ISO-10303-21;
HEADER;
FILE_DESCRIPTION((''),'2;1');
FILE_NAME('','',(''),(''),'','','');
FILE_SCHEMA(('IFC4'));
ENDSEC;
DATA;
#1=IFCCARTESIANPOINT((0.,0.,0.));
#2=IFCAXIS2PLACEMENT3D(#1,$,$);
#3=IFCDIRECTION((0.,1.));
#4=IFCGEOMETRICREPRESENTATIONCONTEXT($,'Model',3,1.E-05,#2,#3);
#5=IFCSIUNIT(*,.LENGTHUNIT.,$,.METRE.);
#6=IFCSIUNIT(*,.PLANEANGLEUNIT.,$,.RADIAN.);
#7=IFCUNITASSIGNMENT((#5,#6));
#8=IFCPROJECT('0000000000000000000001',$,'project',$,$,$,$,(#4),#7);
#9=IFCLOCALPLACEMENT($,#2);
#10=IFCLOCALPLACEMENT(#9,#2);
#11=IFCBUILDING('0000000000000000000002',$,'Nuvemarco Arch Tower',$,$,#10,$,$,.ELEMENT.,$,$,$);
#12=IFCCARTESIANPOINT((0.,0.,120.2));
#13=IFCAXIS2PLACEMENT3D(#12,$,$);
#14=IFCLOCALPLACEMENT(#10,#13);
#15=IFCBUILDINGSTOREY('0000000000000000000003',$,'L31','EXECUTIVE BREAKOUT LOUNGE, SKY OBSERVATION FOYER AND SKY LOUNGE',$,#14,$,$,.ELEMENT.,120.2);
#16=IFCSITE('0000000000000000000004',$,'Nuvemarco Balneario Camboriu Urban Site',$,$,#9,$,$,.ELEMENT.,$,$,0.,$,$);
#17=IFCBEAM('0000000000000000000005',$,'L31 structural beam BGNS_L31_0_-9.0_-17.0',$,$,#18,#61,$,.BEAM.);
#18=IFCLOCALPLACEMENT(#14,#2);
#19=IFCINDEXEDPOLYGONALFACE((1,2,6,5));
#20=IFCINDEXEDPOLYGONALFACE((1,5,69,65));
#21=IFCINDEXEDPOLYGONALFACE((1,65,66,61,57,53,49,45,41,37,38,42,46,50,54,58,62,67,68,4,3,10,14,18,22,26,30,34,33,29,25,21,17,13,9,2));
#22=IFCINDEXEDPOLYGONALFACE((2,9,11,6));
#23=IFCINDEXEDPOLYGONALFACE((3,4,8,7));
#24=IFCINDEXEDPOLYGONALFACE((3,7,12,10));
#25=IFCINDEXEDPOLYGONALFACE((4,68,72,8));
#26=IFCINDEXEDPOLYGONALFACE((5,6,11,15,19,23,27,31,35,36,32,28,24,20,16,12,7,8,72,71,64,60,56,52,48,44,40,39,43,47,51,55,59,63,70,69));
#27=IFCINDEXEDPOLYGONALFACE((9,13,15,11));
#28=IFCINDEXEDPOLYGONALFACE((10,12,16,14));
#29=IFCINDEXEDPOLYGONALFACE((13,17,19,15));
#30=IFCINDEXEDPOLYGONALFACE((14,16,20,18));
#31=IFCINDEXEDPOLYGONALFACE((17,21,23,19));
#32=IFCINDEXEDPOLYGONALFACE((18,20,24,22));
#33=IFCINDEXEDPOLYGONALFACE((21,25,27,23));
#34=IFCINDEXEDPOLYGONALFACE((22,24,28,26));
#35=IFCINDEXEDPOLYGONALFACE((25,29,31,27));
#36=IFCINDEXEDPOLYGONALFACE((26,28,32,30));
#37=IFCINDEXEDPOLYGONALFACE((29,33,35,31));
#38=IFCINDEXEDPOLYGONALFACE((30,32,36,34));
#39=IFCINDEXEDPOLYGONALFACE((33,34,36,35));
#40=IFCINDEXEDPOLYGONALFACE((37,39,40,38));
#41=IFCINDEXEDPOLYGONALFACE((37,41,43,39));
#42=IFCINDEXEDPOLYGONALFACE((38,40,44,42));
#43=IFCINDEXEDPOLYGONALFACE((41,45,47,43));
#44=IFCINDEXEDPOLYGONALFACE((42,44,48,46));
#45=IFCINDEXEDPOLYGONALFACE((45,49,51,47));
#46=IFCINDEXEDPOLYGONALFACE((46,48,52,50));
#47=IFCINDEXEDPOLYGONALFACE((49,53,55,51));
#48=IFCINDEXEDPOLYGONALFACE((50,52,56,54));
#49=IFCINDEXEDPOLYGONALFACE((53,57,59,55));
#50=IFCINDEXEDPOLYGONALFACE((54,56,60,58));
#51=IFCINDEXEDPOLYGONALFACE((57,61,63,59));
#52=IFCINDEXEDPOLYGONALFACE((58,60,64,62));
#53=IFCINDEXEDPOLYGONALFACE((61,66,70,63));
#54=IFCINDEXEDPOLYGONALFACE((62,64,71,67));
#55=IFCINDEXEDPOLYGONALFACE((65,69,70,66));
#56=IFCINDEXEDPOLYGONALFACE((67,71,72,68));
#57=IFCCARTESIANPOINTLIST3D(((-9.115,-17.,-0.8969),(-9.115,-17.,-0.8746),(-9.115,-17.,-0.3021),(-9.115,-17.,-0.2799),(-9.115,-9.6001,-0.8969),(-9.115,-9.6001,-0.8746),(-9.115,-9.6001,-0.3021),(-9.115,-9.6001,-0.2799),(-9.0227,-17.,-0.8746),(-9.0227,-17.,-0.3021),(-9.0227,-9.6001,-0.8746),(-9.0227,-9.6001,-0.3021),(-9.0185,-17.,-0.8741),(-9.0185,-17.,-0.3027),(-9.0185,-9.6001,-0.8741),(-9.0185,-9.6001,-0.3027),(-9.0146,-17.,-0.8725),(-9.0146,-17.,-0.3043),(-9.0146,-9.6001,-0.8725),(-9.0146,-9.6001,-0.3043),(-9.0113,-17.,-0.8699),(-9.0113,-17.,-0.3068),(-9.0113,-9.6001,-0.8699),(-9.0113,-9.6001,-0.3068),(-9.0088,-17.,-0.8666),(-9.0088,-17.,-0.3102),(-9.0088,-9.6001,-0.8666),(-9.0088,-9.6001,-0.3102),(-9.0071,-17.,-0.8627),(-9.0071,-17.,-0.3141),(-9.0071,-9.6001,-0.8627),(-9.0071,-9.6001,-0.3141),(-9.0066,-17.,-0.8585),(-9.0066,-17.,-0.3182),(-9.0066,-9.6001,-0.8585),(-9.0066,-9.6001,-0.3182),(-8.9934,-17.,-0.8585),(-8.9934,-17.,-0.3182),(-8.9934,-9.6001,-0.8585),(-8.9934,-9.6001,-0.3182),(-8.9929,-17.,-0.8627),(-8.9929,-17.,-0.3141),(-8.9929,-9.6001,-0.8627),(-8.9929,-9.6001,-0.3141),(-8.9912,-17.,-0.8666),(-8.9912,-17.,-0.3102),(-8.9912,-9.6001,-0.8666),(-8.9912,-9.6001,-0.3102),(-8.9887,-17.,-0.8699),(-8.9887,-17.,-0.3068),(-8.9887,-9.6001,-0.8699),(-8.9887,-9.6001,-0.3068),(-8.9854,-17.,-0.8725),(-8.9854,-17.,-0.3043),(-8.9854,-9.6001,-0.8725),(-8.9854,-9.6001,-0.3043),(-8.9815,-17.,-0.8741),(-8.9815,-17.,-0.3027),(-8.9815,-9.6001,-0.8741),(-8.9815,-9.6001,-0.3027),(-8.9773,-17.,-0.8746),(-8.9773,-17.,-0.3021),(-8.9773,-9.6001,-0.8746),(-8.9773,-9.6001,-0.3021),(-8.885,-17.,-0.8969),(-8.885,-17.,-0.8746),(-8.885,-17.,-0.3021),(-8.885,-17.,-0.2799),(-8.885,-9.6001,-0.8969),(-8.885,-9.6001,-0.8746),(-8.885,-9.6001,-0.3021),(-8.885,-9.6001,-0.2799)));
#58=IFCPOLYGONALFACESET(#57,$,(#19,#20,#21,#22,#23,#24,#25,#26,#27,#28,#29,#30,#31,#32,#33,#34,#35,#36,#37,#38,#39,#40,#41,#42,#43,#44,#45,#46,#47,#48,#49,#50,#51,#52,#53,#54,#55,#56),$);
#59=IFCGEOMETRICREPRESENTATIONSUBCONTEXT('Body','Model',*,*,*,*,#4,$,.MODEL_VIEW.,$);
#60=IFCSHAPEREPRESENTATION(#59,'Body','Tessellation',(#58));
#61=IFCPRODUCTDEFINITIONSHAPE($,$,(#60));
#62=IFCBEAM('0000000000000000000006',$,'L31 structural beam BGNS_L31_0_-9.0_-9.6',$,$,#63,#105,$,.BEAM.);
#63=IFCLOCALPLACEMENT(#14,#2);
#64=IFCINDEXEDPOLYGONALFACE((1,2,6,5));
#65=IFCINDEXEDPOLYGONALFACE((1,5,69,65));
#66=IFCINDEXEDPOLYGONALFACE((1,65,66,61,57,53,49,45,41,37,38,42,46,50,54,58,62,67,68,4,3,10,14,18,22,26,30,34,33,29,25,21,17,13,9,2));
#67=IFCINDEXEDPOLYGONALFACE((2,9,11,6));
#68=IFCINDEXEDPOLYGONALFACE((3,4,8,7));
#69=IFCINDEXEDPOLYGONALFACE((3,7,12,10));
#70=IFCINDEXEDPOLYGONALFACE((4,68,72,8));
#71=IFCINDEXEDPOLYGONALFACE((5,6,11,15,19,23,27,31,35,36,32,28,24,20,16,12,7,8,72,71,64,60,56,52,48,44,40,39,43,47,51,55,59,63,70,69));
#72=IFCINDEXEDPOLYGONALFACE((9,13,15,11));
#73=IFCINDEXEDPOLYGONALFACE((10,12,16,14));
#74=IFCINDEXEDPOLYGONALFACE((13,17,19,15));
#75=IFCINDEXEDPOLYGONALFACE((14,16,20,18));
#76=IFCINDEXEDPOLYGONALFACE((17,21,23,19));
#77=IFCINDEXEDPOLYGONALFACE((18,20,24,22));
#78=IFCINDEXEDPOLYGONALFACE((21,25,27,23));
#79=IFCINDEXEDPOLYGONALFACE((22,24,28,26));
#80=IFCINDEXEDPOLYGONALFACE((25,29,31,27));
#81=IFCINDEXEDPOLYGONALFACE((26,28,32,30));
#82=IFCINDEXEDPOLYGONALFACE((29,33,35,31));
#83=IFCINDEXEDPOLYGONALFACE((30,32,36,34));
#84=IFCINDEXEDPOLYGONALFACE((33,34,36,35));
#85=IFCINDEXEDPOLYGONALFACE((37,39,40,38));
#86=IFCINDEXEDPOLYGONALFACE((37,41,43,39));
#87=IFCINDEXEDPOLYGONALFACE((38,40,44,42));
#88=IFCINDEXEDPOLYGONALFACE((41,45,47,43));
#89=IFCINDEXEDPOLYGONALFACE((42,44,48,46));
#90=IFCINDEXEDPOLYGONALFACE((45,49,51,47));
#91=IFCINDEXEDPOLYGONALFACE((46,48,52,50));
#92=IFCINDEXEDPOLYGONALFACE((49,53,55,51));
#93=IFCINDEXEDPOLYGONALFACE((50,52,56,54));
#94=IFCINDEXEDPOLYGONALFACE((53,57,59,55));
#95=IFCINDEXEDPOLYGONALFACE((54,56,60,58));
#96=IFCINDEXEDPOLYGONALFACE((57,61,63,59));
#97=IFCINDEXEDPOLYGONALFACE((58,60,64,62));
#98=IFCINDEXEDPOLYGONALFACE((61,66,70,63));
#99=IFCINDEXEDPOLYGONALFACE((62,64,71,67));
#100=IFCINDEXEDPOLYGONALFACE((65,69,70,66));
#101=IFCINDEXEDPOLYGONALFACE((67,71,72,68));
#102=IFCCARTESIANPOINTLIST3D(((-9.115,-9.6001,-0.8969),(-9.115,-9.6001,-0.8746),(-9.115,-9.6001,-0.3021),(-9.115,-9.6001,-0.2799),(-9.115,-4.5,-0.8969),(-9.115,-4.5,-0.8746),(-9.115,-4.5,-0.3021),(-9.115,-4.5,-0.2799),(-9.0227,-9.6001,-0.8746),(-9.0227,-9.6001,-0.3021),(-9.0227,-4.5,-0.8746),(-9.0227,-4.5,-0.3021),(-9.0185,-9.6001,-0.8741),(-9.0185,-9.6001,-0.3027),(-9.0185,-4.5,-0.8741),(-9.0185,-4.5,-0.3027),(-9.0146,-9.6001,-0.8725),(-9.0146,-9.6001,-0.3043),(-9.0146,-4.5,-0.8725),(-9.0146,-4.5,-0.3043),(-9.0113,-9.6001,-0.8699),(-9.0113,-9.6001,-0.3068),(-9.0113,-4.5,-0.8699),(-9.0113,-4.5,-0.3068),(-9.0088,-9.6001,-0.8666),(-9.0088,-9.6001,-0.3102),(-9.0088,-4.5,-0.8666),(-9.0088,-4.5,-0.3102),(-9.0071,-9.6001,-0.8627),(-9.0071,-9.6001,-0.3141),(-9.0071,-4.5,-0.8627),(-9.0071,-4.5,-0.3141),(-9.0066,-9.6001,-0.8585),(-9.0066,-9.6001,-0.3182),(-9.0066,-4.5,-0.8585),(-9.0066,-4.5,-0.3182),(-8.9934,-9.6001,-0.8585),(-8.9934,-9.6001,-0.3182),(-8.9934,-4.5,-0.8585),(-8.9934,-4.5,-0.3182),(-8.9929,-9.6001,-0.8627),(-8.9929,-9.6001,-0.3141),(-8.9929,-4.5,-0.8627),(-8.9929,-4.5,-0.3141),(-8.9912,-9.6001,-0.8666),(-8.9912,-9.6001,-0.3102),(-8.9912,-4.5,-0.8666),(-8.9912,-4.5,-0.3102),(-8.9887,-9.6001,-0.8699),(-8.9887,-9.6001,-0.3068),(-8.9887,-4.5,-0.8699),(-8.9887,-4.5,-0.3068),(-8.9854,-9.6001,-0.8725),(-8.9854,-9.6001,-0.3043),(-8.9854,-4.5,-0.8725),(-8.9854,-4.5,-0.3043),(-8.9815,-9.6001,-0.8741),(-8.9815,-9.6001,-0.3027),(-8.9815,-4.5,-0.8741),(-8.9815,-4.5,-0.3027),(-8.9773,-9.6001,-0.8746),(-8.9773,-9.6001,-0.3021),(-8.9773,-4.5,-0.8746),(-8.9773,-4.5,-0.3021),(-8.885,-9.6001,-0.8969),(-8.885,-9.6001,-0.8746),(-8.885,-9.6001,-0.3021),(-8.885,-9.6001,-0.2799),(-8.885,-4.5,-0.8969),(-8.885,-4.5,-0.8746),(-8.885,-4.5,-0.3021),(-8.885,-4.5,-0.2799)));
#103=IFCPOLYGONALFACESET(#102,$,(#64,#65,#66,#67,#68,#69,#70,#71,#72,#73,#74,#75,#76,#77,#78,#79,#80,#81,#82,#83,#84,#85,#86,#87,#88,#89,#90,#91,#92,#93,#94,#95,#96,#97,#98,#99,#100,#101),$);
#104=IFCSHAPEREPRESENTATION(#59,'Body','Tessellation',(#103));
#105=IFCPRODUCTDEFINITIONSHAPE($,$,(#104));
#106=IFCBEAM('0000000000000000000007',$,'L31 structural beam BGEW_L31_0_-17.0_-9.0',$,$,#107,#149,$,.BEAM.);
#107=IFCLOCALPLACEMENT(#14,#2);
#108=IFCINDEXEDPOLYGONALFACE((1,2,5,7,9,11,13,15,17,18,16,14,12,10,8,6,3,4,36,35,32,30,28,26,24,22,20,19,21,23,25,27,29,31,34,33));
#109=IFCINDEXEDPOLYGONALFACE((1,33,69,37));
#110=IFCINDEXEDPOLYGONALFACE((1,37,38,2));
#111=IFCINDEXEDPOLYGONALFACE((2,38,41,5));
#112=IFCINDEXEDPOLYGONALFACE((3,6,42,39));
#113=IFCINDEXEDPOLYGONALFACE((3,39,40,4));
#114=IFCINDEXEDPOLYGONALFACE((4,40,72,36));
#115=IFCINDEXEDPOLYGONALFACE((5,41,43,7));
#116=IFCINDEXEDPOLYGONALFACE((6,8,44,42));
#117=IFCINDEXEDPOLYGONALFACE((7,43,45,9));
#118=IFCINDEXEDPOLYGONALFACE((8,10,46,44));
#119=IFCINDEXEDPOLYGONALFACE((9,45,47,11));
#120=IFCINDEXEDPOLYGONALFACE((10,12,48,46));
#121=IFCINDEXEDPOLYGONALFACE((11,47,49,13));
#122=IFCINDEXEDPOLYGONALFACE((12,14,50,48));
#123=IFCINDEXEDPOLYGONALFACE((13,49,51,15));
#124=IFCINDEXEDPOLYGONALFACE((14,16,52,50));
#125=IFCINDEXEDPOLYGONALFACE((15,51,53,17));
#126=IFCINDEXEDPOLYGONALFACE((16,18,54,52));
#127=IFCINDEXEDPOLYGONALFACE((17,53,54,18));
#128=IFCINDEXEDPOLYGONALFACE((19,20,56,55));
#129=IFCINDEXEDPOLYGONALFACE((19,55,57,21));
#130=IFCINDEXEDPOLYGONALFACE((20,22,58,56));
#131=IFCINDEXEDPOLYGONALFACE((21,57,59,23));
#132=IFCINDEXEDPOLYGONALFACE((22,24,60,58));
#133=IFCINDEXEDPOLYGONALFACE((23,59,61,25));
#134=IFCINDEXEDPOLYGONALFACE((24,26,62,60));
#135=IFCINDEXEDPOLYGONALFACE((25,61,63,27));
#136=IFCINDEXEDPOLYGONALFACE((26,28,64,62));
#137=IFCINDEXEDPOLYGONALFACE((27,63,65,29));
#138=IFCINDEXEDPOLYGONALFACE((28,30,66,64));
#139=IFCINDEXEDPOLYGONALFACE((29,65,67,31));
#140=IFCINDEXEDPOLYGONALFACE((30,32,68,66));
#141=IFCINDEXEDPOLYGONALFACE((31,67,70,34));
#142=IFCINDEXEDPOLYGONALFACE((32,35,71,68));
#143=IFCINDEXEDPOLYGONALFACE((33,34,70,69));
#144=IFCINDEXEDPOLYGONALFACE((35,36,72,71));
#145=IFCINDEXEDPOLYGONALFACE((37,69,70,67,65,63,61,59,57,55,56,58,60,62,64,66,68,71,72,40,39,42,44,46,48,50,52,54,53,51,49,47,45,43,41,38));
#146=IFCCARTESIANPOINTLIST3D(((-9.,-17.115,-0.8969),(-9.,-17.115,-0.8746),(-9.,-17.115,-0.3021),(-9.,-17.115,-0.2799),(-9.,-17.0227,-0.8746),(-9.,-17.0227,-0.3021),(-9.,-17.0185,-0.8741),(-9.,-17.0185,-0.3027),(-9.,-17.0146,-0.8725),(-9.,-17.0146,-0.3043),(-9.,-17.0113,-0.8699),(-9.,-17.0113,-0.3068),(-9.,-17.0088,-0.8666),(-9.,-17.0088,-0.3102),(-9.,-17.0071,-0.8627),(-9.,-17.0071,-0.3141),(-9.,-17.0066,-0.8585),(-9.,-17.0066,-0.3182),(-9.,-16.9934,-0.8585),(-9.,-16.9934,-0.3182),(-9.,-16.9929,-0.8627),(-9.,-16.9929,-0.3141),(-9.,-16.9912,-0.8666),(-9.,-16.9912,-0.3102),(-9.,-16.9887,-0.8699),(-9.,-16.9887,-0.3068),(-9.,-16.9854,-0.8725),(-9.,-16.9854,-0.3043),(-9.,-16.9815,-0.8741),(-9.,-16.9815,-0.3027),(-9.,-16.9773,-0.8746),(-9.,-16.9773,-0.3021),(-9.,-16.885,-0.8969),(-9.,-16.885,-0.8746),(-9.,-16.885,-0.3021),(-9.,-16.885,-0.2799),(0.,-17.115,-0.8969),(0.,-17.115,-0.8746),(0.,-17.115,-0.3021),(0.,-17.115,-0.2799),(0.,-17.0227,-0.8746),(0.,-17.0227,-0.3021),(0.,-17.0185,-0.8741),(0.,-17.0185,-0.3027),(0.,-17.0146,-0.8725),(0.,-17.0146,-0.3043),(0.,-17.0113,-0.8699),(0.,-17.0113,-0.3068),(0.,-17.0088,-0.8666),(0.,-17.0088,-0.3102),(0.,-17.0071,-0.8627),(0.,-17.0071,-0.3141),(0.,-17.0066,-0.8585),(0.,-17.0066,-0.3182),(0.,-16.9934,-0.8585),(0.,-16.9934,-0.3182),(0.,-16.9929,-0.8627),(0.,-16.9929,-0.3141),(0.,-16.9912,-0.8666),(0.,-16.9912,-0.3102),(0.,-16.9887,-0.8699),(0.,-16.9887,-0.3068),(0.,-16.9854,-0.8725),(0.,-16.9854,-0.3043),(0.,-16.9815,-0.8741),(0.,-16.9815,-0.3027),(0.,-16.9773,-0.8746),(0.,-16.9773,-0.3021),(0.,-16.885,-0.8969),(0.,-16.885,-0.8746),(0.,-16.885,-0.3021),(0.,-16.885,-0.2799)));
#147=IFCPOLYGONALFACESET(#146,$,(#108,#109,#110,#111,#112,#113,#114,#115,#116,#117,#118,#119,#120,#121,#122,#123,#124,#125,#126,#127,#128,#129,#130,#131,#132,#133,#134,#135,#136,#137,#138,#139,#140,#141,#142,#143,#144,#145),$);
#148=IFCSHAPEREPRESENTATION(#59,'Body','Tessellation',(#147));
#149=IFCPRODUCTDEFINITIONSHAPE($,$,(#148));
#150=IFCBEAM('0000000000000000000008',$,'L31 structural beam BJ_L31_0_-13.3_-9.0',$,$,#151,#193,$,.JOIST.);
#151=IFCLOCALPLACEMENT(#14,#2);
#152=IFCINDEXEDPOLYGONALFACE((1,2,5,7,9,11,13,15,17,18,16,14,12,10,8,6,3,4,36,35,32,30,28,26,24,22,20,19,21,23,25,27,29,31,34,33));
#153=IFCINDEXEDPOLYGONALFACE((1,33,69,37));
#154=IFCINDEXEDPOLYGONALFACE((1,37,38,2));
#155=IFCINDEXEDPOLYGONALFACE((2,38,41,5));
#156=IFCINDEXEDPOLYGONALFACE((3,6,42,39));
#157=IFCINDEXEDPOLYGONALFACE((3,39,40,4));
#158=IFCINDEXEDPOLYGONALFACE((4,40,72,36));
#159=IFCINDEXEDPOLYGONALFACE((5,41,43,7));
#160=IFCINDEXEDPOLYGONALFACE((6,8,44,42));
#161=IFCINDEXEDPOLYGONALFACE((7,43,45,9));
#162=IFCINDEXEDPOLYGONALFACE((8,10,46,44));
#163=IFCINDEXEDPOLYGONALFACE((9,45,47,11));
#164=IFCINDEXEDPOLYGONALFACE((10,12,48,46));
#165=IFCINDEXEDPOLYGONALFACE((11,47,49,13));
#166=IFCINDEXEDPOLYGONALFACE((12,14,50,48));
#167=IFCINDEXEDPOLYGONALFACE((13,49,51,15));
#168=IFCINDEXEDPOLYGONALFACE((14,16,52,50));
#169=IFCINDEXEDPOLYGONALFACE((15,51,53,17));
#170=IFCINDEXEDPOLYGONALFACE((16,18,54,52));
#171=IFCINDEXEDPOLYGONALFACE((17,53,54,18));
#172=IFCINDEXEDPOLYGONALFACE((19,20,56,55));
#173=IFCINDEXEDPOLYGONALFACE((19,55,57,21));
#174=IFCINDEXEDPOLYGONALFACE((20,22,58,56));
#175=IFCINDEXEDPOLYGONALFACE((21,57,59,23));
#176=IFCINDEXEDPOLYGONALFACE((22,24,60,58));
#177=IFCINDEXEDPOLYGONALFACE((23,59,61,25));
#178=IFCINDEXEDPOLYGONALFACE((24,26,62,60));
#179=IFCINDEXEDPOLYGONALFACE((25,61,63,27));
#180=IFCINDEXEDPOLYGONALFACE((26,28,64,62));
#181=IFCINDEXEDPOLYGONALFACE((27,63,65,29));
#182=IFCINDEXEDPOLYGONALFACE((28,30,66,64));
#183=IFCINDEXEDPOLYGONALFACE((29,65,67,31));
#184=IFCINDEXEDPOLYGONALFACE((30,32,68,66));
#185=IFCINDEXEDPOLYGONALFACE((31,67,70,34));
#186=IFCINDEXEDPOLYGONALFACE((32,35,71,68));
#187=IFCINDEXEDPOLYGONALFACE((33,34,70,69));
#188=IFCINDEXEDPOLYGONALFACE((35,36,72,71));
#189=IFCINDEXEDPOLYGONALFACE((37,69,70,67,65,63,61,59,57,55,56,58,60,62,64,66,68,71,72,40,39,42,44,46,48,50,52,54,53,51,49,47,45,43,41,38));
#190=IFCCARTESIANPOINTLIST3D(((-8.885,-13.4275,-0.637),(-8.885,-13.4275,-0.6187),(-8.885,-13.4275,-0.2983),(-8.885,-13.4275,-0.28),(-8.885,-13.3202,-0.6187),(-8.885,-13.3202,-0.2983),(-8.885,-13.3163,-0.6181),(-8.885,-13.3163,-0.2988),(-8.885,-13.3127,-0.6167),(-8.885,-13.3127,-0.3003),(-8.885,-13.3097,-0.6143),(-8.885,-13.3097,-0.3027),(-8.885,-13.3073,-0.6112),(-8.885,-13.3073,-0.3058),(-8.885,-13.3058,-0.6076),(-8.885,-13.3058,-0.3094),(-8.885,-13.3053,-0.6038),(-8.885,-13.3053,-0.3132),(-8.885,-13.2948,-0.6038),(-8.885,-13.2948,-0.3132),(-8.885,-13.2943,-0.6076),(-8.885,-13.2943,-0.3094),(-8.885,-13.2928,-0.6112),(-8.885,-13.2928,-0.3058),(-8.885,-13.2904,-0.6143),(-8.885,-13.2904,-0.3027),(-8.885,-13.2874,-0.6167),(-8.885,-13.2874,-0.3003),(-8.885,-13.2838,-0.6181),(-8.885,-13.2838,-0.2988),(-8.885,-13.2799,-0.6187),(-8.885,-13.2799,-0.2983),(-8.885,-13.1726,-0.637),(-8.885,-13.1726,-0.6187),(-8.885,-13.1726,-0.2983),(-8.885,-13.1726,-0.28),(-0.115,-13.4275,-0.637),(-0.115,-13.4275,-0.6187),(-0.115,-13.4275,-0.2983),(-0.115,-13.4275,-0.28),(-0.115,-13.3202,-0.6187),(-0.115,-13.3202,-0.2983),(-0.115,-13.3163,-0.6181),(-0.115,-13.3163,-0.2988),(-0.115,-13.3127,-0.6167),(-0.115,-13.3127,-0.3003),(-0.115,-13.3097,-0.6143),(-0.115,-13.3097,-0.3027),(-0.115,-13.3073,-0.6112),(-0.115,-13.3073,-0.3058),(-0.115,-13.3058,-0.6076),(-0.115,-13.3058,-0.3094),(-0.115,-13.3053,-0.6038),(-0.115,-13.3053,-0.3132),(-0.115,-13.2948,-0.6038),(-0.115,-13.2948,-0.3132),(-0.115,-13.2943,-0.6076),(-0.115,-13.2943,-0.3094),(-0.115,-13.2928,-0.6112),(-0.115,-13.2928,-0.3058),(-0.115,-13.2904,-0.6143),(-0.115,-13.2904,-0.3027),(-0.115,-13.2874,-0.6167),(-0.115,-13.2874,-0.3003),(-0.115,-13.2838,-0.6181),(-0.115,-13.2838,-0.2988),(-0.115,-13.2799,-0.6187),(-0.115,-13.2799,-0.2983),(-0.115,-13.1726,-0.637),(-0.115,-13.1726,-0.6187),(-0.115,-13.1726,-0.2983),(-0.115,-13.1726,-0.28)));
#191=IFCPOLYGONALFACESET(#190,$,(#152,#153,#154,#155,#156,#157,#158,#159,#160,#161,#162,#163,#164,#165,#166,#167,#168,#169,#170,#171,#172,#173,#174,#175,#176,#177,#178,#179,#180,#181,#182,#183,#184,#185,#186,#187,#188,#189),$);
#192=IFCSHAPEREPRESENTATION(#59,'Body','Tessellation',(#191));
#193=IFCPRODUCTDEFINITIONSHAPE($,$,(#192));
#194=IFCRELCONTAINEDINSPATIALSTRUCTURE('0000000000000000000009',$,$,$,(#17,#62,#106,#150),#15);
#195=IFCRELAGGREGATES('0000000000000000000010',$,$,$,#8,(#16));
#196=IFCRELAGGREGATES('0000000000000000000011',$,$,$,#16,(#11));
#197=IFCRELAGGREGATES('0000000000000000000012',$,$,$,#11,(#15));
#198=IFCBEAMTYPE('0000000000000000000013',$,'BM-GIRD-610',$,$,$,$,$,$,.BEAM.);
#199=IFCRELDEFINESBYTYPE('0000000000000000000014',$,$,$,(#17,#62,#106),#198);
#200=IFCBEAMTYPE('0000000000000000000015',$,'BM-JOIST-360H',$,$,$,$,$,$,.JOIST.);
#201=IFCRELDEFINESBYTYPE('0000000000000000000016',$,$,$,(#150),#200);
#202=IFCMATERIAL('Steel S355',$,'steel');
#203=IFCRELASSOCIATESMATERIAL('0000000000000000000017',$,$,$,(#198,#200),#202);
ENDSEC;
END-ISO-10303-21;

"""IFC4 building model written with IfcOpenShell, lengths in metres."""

from ifc_helpers import new_model, si_unit, direction, frame, origin, origin_2d, place, context, subcontext, project, spatial, i_section, extrude, material, material_profile, profile_set, type_object, element, save


model = new_model("IFC4")

# Units and contexts
model_context = context("Model", 3, precision=1e-05, world=origin(), true_north=direction((0.0, 1.0)))
body_context = subcontext(model_context, "Body", "Model", "MODEL_VIEW")
ifc_project = project(units=[si_unit("LENGTHUNIT", "METRE"), si_unit("PLANEANGLEUNIT", "RADIAN")], contexts=[model_context])

# Site, building, storey
site_placement = place(None, origin())
site = spatial("IfcSite", under=ifc_project, at=site_placement, Name="Nuvemarco Balneario Camboriu Urban Site", CompositionType="ELEMENT", RefElevation=0.0)
building_placement = place(site_placement, origin())
building = spatial("IfcBuilding", under=site, at=building_placement, Name="Nuvemarco Arch Tower", CompositionType="ELEMENT")
storey_placement = place(building_placement, frame((0.0, 0.0, 120.2)))
storey = spatial("IfcBuildingStorey", under=building, at=storey_placement, Name="L31", Description="EXECUTIVE BREAKOUT LOUNGE, SKY OBSERVATION FOYER AND SKY LOUNGE", CompositionType="ELEMENT", Elevation=120.2)

# Shared definitions
ifc_material_1 = material(Name="Steel S355", Category="steel")

# Beams
ifc_material_profile_1 = material_profile(ifc_material_1, i_section(OverallWidth=0.23, OverallDepth=0.6169, WebThickness=0.0132, FlangeThickness=0.0222, FilletRadius=0.0161, at=origin_2d()), Name="W610x140")
ifc_profile_set_1 = profile_set([ifc_material_profile_1], Name="Steel S355")
beam_type_1 = type_object("IfcBeamType", Name="BM-GIRD-610", PredefinedType="BEAM", material=ifc_profile_set_1)
beam_1_placement = place(storey_placement, frame((-9.0, -17.0, -0.5884), z_axis=(0.0, 1.0, 0.0), x_axis=(-1.0, 0.0, 0.0)))
element("IfcBeam", 1, at=beam_1_placement, inside=storey, type_object=beam_type_1, Name="L31 structural beam BGNS_L31_0_-9.0_-17.0", PredefinedType="BEAM", context=body_context, shape_type="SweptSolid", body=[
    extrude(i_section(OverallWidth=0.23, OverallDepth=0.6169, WebThickness=0.0132, FlangeThickness=0.0222, FilletRadius=0.0161, at=origin_2d()), origin(), (0.0, 0.0, 1.0), 7.3999),
])
beam_2_placement = place(storey_placement, frame((-9.0, -9.6001, -0.5884), z_axis=(0.0, 1.0, 0.0), x_axis=(-1.0, 0.0, 0.0)))
element("IfcBeam", 2, at=beam_2_placement, inside=storey, type_object=beam_type_1, Name="L31 structural beam BGNS_L31_0_-9.0_-9.6", PredefinedType="BEAM", context=body_context, shape_type="SweptSolid", body=[
    extrude(i_section(OverallWidth=0.23, OverallDepth=0.6169, WebThickness=0.0132, FlangeThickness=0.0222, FilletRadius=0.0161, at=origin_2d()), origin(), (0.0, 0.0, 1.0), 5.1001),
])
beam_3_placement = place(storey_placement, frame((-9.0, -17.0, -0.5884), z_axis=(1.0, 0.0, 0.0), x_axis=(0.0, 1.0, 0.0)))
element("IfcBeam", 3, at=beam_3_placement, inside=storey, type_object=beam_type_1, Name="L31 structural beam BGEW_L31_0_-17.0_-9.0", PredefinedType="BEAM", context=body_context, shape_type="SweptSolid", body=[
    extrude(i_section(OverallWidth=0.23, OverallDepth=0.6169, WebThickness=0.0132, FlangeThickness=0.0222, FilletRadius=0.0161, at=origin_2d()), origin(), (0.0, 0.0, 1.0), 9.0),
])
ifc_material_profile_2 = material_profile(ifc_material_1, i_section(OverallWidth=0.2549, OverallDepth=0.3569, WebThickness=0.0105, FlangeThickness=0.0183, FilletRadius=0.0149, at=origin_2d()), Name="W360x101")
ifc_profile_set_2 = profile_set([ifc_material_profile_2], Name="Steel S355")
beam_type_2 = type_object("IfcBeamType", Name="BM-JOIST-360H", PredefinedType="JOIST", material=ifc_profile_set_2)
beam_4_placement = place(storey_placement, frame((-8.885, -13.3, -0.4585), z_axis=(1.0, 0.0, 0.0), x_axis=(0.0, 1.0, 0.0)))
element("IfcBeam", 4, at=beam_4_placement, inside=storey, type_object=beam_type_2, Name="L31 structural beam BJ_L31_0_-13.3_-9.0", PredefinedType="JOIST", context=body_context, shape_type="SweptSolid", body=[
    extrude(i_section(OverallWidth=0.2549, OverallDepth=0.3569, WebThickness=0.0105, FlangeThickness=0.0183, FilletRadius=0.0149, at=origin_2d()), origin(), (0.0, 0.0, 1.0), 8.77),
])

save(model, "model.ifc")
